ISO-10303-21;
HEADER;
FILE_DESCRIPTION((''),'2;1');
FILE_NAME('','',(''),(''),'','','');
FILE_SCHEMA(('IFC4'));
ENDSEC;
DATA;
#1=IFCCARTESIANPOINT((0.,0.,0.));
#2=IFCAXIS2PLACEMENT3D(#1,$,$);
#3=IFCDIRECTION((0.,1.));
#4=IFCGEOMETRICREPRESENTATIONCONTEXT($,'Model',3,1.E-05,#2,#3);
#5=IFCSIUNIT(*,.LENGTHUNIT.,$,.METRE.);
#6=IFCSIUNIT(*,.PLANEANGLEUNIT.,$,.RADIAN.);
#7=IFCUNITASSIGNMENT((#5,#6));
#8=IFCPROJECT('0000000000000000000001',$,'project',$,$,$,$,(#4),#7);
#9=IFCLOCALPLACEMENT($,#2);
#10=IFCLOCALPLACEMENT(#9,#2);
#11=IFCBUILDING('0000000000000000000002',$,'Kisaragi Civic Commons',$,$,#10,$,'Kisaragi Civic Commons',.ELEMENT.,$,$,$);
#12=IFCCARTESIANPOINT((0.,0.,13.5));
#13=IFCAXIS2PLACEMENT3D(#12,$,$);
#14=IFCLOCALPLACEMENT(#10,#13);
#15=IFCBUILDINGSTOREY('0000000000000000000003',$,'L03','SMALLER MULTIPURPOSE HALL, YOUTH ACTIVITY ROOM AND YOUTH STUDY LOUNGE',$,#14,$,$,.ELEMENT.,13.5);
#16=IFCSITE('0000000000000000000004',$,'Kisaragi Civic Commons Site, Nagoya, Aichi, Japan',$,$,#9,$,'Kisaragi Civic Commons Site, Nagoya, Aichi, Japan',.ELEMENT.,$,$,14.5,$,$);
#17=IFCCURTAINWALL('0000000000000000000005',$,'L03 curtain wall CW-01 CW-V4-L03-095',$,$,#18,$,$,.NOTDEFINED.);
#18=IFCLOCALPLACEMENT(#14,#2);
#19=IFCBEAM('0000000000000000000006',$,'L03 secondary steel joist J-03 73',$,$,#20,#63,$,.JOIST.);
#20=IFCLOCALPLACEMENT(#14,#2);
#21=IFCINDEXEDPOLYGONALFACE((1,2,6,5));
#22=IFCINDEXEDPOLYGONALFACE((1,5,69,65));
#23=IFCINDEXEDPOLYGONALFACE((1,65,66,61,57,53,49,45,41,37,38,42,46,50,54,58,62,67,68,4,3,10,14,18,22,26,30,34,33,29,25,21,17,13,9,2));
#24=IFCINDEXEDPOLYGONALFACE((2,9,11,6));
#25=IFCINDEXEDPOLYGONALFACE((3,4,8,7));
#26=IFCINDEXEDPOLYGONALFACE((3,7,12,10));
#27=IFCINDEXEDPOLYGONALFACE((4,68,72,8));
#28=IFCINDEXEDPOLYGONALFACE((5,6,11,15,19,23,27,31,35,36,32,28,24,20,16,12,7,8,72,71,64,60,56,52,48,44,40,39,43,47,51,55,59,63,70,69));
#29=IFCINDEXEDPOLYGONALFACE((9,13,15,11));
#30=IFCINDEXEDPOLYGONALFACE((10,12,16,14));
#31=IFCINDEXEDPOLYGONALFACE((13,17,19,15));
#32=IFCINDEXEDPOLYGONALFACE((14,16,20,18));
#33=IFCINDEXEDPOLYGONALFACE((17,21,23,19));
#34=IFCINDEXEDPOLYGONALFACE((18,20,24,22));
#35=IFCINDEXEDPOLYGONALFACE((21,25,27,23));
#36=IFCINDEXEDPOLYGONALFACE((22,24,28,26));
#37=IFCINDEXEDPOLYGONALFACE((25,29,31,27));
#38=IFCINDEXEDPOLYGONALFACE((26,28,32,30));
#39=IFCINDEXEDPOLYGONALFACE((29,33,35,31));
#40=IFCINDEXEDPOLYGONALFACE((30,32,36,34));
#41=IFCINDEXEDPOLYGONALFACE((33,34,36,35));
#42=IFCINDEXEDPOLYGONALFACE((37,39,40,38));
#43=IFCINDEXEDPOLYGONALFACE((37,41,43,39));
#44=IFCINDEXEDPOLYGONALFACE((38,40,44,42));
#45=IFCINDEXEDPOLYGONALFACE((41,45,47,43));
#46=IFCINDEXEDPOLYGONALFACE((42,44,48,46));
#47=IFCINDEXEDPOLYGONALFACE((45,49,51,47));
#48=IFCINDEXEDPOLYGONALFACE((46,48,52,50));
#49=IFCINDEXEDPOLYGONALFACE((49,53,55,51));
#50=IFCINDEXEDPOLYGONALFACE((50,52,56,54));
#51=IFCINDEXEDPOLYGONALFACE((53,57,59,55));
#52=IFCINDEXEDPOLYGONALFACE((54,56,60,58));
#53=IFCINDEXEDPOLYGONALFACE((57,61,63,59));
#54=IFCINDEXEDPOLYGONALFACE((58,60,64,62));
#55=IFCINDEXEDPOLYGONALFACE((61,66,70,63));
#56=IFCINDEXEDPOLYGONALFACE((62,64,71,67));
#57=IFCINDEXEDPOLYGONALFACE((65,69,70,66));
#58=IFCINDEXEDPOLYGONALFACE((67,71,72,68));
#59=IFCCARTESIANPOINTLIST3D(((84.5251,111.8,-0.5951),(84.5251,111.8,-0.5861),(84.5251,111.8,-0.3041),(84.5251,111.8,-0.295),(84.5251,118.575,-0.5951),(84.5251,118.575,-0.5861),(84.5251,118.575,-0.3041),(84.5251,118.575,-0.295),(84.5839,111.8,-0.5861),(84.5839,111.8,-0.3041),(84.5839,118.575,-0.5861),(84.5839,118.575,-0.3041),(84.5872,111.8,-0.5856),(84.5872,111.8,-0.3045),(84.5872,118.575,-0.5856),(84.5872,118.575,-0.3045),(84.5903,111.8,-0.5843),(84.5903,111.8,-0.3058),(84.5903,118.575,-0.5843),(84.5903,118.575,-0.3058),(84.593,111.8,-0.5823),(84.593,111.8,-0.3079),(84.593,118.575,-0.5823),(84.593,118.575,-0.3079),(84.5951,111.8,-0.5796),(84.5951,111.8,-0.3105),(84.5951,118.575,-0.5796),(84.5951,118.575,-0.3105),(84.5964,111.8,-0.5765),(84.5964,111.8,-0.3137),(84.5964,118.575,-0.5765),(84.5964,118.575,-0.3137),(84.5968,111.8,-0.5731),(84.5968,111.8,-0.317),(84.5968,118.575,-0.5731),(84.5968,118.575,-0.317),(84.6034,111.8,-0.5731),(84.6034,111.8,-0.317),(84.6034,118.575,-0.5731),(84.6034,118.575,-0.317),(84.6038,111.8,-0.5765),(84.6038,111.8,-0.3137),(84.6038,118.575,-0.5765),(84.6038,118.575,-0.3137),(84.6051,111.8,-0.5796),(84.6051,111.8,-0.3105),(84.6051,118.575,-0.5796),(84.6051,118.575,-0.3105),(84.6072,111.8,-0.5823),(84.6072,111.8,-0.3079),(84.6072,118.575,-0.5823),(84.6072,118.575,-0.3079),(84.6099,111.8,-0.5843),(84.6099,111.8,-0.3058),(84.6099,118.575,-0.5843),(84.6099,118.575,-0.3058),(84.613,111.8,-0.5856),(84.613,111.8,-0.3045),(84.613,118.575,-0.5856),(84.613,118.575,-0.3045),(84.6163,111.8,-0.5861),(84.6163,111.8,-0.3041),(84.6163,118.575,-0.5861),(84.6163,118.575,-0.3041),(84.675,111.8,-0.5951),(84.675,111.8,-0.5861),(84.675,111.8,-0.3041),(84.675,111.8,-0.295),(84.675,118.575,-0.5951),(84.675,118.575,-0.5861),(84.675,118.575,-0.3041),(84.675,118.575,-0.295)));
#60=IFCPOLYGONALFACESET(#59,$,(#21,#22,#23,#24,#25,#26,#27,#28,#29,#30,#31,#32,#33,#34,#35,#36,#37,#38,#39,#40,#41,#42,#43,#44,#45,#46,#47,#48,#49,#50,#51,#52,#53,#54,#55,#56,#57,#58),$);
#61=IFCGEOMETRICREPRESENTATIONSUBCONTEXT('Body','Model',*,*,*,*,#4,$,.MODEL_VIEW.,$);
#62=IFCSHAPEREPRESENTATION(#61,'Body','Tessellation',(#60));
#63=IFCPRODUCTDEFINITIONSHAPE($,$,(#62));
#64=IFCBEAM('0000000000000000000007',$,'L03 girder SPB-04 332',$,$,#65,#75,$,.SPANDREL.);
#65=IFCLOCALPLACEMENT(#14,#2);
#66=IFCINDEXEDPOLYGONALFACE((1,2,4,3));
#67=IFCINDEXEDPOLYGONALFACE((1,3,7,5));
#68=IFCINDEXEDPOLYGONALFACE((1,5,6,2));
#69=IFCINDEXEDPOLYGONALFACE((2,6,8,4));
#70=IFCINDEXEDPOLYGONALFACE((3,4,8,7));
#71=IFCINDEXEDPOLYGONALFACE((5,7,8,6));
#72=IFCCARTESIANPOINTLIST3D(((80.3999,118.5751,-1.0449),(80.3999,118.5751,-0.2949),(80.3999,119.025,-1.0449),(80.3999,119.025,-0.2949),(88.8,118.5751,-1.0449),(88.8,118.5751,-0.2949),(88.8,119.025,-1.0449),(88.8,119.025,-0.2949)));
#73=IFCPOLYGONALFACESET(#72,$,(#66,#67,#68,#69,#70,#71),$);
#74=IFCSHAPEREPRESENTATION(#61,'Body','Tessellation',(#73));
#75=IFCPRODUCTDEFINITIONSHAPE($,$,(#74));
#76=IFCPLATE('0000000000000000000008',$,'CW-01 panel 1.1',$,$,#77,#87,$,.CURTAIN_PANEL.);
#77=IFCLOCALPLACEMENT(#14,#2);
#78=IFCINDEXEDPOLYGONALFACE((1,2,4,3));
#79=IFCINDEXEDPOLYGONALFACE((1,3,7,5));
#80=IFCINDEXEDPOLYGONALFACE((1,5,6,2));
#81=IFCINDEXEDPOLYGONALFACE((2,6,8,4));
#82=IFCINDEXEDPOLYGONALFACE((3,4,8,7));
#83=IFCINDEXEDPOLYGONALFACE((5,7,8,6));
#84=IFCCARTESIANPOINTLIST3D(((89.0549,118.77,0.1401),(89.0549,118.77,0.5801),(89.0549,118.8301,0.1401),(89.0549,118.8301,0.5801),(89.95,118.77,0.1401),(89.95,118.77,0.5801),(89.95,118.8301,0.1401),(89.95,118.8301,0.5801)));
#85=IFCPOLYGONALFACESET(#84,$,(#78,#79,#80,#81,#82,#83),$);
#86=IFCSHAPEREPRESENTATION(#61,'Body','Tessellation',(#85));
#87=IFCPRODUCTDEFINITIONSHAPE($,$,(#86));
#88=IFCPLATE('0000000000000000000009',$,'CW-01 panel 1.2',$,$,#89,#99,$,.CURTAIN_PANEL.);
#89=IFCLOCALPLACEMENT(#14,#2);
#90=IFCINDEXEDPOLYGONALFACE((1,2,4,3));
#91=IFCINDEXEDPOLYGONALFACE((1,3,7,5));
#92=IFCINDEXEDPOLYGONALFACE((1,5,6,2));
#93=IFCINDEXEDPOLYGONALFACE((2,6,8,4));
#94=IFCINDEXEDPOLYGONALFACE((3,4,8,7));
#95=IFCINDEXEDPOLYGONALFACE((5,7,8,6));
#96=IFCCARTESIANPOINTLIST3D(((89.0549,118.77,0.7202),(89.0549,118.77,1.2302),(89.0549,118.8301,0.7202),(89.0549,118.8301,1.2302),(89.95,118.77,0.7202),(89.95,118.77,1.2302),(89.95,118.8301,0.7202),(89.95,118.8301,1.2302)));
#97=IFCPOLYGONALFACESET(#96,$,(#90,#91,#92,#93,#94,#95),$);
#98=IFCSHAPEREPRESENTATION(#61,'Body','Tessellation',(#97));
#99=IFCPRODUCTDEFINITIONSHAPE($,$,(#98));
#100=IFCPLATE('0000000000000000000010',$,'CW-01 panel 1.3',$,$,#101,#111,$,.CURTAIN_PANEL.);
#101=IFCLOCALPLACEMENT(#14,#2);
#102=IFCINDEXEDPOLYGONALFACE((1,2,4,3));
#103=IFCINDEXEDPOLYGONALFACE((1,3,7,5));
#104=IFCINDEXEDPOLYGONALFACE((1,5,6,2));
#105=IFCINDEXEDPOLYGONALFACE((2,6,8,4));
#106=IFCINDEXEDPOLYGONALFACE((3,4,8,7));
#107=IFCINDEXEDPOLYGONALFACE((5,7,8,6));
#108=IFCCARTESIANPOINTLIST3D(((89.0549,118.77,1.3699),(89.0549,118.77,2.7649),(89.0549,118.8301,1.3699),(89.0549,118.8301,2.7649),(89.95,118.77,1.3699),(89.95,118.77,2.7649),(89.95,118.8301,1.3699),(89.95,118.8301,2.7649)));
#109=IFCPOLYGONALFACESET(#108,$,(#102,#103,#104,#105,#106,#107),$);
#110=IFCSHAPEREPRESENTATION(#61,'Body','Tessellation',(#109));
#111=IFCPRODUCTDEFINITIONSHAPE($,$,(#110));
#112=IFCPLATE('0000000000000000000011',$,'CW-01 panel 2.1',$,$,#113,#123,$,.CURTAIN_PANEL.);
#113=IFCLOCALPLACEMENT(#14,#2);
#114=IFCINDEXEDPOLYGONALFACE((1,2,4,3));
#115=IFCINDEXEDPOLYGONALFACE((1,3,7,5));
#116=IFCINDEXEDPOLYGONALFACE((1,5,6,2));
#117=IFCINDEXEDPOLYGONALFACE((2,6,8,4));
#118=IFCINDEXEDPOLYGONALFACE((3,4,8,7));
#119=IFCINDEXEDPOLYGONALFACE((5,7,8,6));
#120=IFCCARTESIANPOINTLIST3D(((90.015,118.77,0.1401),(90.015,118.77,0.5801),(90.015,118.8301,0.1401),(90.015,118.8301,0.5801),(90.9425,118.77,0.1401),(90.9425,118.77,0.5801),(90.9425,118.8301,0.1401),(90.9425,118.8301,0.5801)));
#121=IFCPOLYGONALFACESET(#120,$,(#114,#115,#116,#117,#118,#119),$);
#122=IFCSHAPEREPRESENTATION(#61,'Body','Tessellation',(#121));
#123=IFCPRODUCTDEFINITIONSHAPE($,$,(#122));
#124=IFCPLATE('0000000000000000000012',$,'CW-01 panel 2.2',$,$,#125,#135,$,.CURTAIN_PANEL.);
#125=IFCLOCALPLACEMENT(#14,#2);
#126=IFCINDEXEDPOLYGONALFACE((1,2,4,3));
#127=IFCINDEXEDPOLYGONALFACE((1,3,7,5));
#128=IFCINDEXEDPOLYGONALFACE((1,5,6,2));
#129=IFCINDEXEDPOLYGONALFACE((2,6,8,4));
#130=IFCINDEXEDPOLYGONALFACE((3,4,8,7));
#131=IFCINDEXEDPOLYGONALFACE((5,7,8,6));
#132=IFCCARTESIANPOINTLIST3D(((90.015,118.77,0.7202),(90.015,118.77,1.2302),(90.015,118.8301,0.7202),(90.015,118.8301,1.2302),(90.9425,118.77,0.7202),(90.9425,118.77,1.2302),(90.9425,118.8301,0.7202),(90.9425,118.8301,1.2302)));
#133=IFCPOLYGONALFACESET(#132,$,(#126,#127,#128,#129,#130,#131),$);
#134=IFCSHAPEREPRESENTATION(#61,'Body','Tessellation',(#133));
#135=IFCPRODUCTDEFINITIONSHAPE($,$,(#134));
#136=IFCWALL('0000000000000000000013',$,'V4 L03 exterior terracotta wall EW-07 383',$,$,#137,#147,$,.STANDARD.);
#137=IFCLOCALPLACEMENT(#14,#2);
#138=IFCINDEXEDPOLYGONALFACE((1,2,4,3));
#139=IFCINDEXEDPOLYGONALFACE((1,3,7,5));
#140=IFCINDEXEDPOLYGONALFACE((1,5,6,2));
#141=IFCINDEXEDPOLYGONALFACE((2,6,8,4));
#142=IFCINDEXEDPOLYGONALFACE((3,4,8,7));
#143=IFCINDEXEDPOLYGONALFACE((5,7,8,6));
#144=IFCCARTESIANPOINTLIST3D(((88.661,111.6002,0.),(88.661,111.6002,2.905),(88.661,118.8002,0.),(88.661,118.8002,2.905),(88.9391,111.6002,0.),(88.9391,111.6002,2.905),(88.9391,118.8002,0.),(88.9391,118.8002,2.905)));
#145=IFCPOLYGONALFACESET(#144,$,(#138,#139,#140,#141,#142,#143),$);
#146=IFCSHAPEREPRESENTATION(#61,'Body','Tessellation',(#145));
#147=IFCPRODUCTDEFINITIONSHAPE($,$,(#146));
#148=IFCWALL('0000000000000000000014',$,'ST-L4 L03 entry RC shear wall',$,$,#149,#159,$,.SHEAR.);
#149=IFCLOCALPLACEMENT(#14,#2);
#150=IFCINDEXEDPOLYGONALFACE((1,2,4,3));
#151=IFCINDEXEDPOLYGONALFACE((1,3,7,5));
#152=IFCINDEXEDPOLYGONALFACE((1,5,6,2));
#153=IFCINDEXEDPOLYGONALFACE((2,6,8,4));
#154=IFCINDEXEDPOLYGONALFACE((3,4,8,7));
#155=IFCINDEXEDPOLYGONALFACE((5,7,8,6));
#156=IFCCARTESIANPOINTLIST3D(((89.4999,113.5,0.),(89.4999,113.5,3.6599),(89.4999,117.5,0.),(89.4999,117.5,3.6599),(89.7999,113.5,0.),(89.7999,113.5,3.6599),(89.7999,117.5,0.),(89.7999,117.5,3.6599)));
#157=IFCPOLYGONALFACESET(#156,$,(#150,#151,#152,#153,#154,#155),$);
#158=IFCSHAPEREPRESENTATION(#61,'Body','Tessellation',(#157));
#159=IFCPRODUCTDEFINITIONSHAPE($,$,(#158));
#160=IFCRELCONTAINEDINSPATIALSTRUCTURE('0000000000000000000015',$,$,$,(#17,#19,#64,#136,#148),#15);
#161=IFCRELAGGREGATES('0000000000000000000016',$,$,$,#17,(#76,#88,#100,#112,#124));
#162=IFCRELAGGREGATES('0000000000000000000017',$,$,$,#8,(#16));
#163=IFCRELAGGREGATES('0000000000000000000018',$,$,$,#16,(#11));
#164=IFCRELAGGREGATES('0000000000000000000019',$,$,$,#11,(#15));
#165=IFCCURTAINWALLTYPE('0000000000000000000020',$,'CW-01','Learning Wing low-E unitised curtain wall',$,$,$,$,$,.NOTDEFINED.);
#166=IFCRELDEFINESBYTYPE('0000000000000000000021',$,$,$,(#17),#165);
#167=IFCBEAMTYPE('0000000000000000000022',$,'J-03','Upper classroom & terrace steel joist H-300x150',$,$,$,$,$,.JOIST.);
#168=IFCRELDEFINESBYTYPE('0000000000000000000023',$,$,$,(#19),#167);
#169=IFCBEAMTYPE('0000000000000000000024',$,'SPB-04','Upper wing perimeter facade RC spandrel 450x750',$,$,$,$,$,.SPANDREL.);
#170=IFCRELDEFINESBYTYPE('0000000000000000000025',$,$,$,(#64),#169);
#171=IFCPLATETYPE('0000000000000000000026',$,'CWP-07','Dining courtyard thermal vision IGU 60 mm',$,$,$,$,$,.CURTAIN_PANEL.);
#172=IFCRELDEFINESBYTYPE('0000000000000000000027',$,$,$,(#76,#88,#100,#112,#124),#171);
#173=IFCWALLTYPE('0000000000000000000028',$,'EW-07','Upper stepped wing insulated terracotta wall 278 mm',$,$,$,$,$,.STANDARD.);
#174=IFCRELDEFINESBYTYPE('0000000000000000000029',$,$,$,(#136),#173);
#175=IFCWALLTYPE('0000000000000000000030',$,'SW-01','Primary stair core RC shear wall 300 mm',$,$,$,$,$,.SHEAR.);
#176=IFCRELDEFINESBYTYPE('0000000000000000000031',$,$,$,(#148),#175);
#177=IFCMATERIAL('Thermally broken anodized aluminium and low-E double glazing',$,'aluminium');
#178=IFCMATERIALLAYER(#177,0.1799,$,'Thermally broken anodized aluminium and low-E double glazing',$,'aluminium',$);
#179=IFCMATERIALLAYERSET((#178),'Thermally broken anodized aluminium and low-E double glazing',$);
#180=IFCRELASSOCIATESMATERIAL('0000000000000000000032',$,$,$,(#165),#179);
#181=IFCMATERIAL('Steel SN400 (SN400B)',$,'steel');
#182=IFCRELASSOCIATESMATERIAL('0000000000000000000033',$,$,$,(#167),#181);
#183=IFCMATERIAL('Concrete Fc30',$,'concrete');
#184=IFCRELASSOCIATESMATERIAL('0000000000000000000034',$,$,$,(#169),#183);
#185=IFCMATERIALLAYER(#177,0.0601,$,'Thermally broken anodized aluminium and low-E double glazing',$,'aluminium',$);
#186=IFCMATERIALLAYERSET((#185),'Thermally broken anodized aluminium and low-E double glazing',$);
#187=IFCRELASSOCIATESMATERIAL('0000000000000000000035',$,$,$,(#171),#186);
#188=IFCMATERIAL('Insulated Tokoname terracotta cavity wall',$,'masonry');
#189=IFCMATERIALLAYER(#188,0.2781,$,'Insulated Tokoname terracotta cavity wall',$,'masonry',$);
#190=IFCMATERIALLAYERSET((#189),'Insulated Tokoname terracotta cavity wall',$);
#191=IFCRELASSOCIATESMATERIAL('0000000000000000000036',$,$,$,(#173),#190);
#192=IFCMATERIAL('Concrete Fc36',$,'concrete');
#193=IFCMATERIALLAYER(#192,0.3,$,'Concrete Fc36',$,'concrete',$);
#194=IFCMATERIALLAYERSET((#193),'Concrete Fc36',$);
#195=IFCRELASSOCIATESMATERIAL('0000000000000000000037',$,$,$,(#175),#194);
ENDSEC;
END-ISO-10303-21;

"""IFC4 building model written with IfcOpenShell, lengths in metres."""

from ifc_helpers import new_model, si_unit, direction, frame, frame_2d, origin, origin_2d, place, context, subcontext, project, spatial, rectangle, i_section, extrude, material, layer, layer_set, material_profile, profile_set, type_object, element, aggregate, save


model = new_model("IFC4")

# Units and contexts
model_context = context("Model", 3, precision=1e-05, world=origin(), true_north=direction((0.0, 1.0)))
body_context = subcontext(model_context, "Body", "Model", "MODEL_VIEW")
ifc_project = project(units=[si_unit("LENGTHUNIT", "METRE"), si_unit("PLANEANGLEUNIT", "RADIAN")], contexts=[model_context])

# Site, building, storey
site_placement = place(None, origin())
site = spatial("IfcSite", under=ifc_project, at=site_placement, Name="Kisaragi Civic Commons Site, Nagoya, Aichi, Japan", LongName="Kisaragi Civic Commons Site, Nagoya, Aichi, Japan", CompositionType="ELEMENT", RefElevation=14.5)
building_placement = place(site_placement, origin())
building = spatial("IfcBuilding", under=site, at=building_placement, Name="Kisaragi Civic Commons", LongName="Kisaragi Civic Commons", CompositionType="ELEMENT")
storey_placement = place(building_placement, frame((0.0, 0.0, 13.5)))
storey = spatial("IfcBuildingStorey", under=building, at=storey_placement, Name="L03", Description="SMALLER MULTIPURPOSE HALL, YOUTH ACTIVITY ROOM AND YOUTH STUDY LOUNGE", CompositionType="ELEMENT", Elevation=13.5)

# Shared definitions
ifc_material_1 = material(Name="Concrete Fc30", Category="concrete")

# Curtain wall
ifc_material_2 = material(Name="Thermally broken anodized aluminium and low-E double glazing", Category="aluminium")
ifc_layer_1 = layer(ifc_material_2, 0.1799, Name="Thermally broken anodized aluminium and low-E double glazing", Category="aluminium")
ifc_layer_set_1 = layer_set([ifc_layer_1], Name="Thermally broken anodized aluminium and low-E double glazing")
curtain_wall_type = type_object("IfcCurtainWallType", Name="CW-01", Description="Learning Wing low-E unitised curtain wall", PredefinedType="NOTDEFINED", material=ifc_layer_set_1)
curtain_wall_placement = place(storey_placement, origin())
curtain_wall = element("IfcCurtainWall", 1, at=curtain_wall_placement, inside=storey, type_object=curtain_wall_type, Name="L03 curtain wall CW-01 CW-V4-L03-095", PredefinedType="NOTDEFINED")

# Beams
ifc_material_3 = material(Name="Steel SN400 (SN400B)", Category="steel")
ifc_material_profile_1 = material_profile(ifc_material_3, i_section(OverallWidth=0.1499, OverallDepth=0.3, WebThickness=0.0066, FlangeThickness=0.009, FilletRadius=0.0129, at=origin_2d()), Name="H-300x150x6.5x9", Category="steel")
ifc_profile_set_1 = profile_set([ifc_material_profile_1], Name="Steel SN400 (SN400B)")
beam_type_1 = type_object("IfcBeamType", Name="J-03", Description="Upper classroom & terrace steel joist H-300x150", PredefinedType="JOIST", material=ifc_profile_set_1)
beam_1_placement = place(storey_placement, frame((84.6001, 111.8, -0.4451), z_axis=(0.0, 1.0, 0.0), x_axis=(-1.0, 0.0, 0.0)))
element("IfcBeam", 2, at=beam_1_placement, inside=storey, type_object=beam_type_1, Name="L03 secondary steel joist J-03 73", PredefinedType="JOIST", context=body_context, shape_type="SweptSolid", body=[
    extrude(i_section(OverallWidth=0.1499, OverallDepth=0.3, WebThickness=0.0066, FlangeThickness=0.009, FilletRadius=0.0129, at=origin_2d()), origin(), (0.0, 0.0, 1.0), 6.7749),
])
ifc_material_profile_2 = material_profile(ifc_material_1, rectangle(XDim=0.45, YDim=0.75, at=origin_2d()), Name="RC-450x750", Category="concrete")
ifc_profile_set_2 = profile_set([ifc_material_profile_2], Name="Concrete Fc30")
beam_type_2 = type_object("IfcBeamType", Name="SPB-04", Description="Upper wing perimeter facade RC spandrel 450x750", PredefinedType="SPANDREL", material=ifc_profile_set_2)
beam_2_placement = place(storey_placement, frame((80.3999, 118.8, -0.6699), z_axis=(1.0, 0.0, 0.0), x_axis=(0.0, 1.0, 0.0)))
element("IfcBeam", 3, at=beam_2_placement, inside=storey, type_object=beam_type_2, Name="L03 girder SPB-04 332", PredefinedType="SPANDREL", context=body_context, shape_type="SweptSolid", body=[
    extrude(rectangle(XDim=0.45, YDim=0.75, at=origin_2d()), origin(), (0.0, 0.0, 1.0), 8.4001),
])

# Plates
ifc_layer_2 = layer(ifc_material_2, 0.0601, Name="Thermally broken anodized aluminium and low-E double glazing", Category="aluminium")
ifc_layer_set_2 = layer_set([ifc_layer_2], Name="Thermally broken anodized aluminium and low-E double glazing")
plate_type = type_object("IfcPlateType", Name="CWP-07", Description="Dining courtyard thermal vision IGU 60 mm", PredefinedType="CURTAIN_PANEL", material=ifc_layer_set_2)
plate_1_placement = place(storey_placement, frame((89.5024, 118.8, 0.1401), z_axis=(0.0, 0.0, 1.0), x_axis=(1.0, 0.0, 0.0)))
plate_1 = element("IfcPlate", 4, at=plate_1_placement, type_object=plate_type, Name="CW-01 panel 1.1", PredefinedType="CURTAIN_PANEL", context=body_context, shape_type="SweptSolid", body=[
    extrude(rectangle(XDim=0.895, YDim=0.0601, at=origin_2d()), origin(), (0.0, 0.0, 1.0), 0.4399),
])
plate_2_placement = place(storey_placement, frame((89.5024, 118.8, 0.7202), z_axis=(0.0, 0.0, 1.0), x_axis=(1.0, 0.0, 0.0)))
plate_2 = element("IfcPlate", 5, at=plate_2_placement, type_object=plate_type, Name="CW-01 panel 1.2", PredefinedType="CURTAIN_PANEL", context=body_context, shape_type="SweptSolid", body=[
    extrude(rectangle(XDim=0.895, YDim=0.0601, at=origin_2d()), origin(), (0.0, 0.0, 1.0), 0.51),
])
plate_3_placement = place(storey_placement, frame((89.5024, 118.8, 1.3699), z_axis=(0.0, 0.0, 1.0), x_axis=(1.0, 0.0, 0.0)))
plate_3 = element("IfcPlate", 6, at=plate_3_placement, type_object=plate_type, Name="CW-01 panel 1.3", PredefinedType="CURTAIN_PANEL", context=body_context, shape_type="SweptSolid", body=[
    extrude(rectangle(XDim=0.895, YDim=0.0601, at=origin_2d()), origin(), (0.0, 0.0, 1.0), 1.395),
])
plate_4_placement = place(storey_placement, frame((90.4788, 118.8, 0.1401), z_axis=(0.0, 0.0, 1.0), x_axis=(1.0, 0.0, 0.0)))
plate_4 = element("IfcPlate", 7, at=plate_4_placement, type_object=plate_type, Name="CW-01 panel 2.1", PredefinedType="CURTAIN_PANEL", context=body_context, shape_type="SweptSolid", body=[
    extrude(rectangle(XDim=0.9275, YDim=0.0601, at=origin_2d()), origin(), (0.0, 0.0, 1.0), 0.4399),
])
plate_5_placement = place(storey_placement, frame((90.4788, 118.8, 0.7202), z_axis=(0.0, 0.0, 1.0), x_axis=(1.0, 0.0, 0.0)))
plate_5 = element("IfcPlate", 8, at=plate_5_placement, type_object=plate_type, Name="CW-01 panel 2.2", PredefinedType="CURTAIN_PANEL", context=body_context, shape_type="SweptSolid", body=[
    extrude(rectangle(XDim=0.9275, YDim=0.0601, at=origin_2d()), origin(), (0.0, 0.0, 1.0), 0.51),
])
aggregate(curtain_wall, [plate_1, plate_2, plate_3, plate_4, plate_5])

# Walls
ifc_material_4 = material(Name="Insulated Tokoname terracotta cavity wall", Category="masonry")
ifc_layer_3 = layer(ifc_material_4, 0.2781, Name="Insulated Tokoname terracotta cavity wall", Category="masonry")
ifc_layer_set_3 = layer_set([ifc_layer_3], Name="Insulated Tokoname terracotta cavity wall")
wall_type_1 = type_object("IfcWallType", Name="EW-07", Description="Upper stepped wing insulated terracotta wall 278 mm", PredefinedType="STANDARD", material=ifc_layer_set_3)
wall_1_placement = place(storey_placement, frame((88.8, 111.6001, 0.0), z_axis=(0.0, 0.0, 1.0), x_axis=(0.0, 1.0, 0.0)))
element("IfcWall", 9, at=wall_1_placement, inside=storey, type_object=wall_type_1, Name="V4 L03 exterior terracotta wall EW-07 383", PredefinedType="STANDARD", context=body_context, shape_type="SweptSolid", body=[
    extrude(rectangle(XDim=7.2, YDim=0.2781, at=frame_2d((3.6001, 0.0))), origin(), (0.0, 0.0, 1.0), 2.905),
])
ifc_material_5 = material(Name="Concrete Fc36", Category="concrete")
ifc_layer_4 = layer(ifc_material_5, 0.3, Name="Concrete Fc36", Category="concrete")
ifc_layer_set_4 = layer_set([ifc_layer_4], Name="Concrete Fc36")
wall_type_2 = type_object("IfcWallType", Name="SW-01", Description="Primary stair core RC shear wall 300 mm", PredefinedType="SHEAR", material=ifc_layer_set_4)
wall_2_placement = place(storey_placement, frame((89.6499, 117.5, 0.0), z_axis=(0.0, 0.0, 1.0), x_axis=(0.0, -1.0, 0.0)))
element("IfcWall", 10, at=wall_2_placement, inside=storey, type_object=wall_type_2, Name="ST-L4 L03 entry RC shear wall", PredefinedType="SHEAR", context=body_context, shape_type="SweptSolid", body=[
    extrude(rectangle(XDim=4.0, YDim=0.3, at=frame_2d((2.0, 0.0))), origin(), (0.0, 0.0, 1.0), 3.6599),
])

save(model, "model.ifc")
